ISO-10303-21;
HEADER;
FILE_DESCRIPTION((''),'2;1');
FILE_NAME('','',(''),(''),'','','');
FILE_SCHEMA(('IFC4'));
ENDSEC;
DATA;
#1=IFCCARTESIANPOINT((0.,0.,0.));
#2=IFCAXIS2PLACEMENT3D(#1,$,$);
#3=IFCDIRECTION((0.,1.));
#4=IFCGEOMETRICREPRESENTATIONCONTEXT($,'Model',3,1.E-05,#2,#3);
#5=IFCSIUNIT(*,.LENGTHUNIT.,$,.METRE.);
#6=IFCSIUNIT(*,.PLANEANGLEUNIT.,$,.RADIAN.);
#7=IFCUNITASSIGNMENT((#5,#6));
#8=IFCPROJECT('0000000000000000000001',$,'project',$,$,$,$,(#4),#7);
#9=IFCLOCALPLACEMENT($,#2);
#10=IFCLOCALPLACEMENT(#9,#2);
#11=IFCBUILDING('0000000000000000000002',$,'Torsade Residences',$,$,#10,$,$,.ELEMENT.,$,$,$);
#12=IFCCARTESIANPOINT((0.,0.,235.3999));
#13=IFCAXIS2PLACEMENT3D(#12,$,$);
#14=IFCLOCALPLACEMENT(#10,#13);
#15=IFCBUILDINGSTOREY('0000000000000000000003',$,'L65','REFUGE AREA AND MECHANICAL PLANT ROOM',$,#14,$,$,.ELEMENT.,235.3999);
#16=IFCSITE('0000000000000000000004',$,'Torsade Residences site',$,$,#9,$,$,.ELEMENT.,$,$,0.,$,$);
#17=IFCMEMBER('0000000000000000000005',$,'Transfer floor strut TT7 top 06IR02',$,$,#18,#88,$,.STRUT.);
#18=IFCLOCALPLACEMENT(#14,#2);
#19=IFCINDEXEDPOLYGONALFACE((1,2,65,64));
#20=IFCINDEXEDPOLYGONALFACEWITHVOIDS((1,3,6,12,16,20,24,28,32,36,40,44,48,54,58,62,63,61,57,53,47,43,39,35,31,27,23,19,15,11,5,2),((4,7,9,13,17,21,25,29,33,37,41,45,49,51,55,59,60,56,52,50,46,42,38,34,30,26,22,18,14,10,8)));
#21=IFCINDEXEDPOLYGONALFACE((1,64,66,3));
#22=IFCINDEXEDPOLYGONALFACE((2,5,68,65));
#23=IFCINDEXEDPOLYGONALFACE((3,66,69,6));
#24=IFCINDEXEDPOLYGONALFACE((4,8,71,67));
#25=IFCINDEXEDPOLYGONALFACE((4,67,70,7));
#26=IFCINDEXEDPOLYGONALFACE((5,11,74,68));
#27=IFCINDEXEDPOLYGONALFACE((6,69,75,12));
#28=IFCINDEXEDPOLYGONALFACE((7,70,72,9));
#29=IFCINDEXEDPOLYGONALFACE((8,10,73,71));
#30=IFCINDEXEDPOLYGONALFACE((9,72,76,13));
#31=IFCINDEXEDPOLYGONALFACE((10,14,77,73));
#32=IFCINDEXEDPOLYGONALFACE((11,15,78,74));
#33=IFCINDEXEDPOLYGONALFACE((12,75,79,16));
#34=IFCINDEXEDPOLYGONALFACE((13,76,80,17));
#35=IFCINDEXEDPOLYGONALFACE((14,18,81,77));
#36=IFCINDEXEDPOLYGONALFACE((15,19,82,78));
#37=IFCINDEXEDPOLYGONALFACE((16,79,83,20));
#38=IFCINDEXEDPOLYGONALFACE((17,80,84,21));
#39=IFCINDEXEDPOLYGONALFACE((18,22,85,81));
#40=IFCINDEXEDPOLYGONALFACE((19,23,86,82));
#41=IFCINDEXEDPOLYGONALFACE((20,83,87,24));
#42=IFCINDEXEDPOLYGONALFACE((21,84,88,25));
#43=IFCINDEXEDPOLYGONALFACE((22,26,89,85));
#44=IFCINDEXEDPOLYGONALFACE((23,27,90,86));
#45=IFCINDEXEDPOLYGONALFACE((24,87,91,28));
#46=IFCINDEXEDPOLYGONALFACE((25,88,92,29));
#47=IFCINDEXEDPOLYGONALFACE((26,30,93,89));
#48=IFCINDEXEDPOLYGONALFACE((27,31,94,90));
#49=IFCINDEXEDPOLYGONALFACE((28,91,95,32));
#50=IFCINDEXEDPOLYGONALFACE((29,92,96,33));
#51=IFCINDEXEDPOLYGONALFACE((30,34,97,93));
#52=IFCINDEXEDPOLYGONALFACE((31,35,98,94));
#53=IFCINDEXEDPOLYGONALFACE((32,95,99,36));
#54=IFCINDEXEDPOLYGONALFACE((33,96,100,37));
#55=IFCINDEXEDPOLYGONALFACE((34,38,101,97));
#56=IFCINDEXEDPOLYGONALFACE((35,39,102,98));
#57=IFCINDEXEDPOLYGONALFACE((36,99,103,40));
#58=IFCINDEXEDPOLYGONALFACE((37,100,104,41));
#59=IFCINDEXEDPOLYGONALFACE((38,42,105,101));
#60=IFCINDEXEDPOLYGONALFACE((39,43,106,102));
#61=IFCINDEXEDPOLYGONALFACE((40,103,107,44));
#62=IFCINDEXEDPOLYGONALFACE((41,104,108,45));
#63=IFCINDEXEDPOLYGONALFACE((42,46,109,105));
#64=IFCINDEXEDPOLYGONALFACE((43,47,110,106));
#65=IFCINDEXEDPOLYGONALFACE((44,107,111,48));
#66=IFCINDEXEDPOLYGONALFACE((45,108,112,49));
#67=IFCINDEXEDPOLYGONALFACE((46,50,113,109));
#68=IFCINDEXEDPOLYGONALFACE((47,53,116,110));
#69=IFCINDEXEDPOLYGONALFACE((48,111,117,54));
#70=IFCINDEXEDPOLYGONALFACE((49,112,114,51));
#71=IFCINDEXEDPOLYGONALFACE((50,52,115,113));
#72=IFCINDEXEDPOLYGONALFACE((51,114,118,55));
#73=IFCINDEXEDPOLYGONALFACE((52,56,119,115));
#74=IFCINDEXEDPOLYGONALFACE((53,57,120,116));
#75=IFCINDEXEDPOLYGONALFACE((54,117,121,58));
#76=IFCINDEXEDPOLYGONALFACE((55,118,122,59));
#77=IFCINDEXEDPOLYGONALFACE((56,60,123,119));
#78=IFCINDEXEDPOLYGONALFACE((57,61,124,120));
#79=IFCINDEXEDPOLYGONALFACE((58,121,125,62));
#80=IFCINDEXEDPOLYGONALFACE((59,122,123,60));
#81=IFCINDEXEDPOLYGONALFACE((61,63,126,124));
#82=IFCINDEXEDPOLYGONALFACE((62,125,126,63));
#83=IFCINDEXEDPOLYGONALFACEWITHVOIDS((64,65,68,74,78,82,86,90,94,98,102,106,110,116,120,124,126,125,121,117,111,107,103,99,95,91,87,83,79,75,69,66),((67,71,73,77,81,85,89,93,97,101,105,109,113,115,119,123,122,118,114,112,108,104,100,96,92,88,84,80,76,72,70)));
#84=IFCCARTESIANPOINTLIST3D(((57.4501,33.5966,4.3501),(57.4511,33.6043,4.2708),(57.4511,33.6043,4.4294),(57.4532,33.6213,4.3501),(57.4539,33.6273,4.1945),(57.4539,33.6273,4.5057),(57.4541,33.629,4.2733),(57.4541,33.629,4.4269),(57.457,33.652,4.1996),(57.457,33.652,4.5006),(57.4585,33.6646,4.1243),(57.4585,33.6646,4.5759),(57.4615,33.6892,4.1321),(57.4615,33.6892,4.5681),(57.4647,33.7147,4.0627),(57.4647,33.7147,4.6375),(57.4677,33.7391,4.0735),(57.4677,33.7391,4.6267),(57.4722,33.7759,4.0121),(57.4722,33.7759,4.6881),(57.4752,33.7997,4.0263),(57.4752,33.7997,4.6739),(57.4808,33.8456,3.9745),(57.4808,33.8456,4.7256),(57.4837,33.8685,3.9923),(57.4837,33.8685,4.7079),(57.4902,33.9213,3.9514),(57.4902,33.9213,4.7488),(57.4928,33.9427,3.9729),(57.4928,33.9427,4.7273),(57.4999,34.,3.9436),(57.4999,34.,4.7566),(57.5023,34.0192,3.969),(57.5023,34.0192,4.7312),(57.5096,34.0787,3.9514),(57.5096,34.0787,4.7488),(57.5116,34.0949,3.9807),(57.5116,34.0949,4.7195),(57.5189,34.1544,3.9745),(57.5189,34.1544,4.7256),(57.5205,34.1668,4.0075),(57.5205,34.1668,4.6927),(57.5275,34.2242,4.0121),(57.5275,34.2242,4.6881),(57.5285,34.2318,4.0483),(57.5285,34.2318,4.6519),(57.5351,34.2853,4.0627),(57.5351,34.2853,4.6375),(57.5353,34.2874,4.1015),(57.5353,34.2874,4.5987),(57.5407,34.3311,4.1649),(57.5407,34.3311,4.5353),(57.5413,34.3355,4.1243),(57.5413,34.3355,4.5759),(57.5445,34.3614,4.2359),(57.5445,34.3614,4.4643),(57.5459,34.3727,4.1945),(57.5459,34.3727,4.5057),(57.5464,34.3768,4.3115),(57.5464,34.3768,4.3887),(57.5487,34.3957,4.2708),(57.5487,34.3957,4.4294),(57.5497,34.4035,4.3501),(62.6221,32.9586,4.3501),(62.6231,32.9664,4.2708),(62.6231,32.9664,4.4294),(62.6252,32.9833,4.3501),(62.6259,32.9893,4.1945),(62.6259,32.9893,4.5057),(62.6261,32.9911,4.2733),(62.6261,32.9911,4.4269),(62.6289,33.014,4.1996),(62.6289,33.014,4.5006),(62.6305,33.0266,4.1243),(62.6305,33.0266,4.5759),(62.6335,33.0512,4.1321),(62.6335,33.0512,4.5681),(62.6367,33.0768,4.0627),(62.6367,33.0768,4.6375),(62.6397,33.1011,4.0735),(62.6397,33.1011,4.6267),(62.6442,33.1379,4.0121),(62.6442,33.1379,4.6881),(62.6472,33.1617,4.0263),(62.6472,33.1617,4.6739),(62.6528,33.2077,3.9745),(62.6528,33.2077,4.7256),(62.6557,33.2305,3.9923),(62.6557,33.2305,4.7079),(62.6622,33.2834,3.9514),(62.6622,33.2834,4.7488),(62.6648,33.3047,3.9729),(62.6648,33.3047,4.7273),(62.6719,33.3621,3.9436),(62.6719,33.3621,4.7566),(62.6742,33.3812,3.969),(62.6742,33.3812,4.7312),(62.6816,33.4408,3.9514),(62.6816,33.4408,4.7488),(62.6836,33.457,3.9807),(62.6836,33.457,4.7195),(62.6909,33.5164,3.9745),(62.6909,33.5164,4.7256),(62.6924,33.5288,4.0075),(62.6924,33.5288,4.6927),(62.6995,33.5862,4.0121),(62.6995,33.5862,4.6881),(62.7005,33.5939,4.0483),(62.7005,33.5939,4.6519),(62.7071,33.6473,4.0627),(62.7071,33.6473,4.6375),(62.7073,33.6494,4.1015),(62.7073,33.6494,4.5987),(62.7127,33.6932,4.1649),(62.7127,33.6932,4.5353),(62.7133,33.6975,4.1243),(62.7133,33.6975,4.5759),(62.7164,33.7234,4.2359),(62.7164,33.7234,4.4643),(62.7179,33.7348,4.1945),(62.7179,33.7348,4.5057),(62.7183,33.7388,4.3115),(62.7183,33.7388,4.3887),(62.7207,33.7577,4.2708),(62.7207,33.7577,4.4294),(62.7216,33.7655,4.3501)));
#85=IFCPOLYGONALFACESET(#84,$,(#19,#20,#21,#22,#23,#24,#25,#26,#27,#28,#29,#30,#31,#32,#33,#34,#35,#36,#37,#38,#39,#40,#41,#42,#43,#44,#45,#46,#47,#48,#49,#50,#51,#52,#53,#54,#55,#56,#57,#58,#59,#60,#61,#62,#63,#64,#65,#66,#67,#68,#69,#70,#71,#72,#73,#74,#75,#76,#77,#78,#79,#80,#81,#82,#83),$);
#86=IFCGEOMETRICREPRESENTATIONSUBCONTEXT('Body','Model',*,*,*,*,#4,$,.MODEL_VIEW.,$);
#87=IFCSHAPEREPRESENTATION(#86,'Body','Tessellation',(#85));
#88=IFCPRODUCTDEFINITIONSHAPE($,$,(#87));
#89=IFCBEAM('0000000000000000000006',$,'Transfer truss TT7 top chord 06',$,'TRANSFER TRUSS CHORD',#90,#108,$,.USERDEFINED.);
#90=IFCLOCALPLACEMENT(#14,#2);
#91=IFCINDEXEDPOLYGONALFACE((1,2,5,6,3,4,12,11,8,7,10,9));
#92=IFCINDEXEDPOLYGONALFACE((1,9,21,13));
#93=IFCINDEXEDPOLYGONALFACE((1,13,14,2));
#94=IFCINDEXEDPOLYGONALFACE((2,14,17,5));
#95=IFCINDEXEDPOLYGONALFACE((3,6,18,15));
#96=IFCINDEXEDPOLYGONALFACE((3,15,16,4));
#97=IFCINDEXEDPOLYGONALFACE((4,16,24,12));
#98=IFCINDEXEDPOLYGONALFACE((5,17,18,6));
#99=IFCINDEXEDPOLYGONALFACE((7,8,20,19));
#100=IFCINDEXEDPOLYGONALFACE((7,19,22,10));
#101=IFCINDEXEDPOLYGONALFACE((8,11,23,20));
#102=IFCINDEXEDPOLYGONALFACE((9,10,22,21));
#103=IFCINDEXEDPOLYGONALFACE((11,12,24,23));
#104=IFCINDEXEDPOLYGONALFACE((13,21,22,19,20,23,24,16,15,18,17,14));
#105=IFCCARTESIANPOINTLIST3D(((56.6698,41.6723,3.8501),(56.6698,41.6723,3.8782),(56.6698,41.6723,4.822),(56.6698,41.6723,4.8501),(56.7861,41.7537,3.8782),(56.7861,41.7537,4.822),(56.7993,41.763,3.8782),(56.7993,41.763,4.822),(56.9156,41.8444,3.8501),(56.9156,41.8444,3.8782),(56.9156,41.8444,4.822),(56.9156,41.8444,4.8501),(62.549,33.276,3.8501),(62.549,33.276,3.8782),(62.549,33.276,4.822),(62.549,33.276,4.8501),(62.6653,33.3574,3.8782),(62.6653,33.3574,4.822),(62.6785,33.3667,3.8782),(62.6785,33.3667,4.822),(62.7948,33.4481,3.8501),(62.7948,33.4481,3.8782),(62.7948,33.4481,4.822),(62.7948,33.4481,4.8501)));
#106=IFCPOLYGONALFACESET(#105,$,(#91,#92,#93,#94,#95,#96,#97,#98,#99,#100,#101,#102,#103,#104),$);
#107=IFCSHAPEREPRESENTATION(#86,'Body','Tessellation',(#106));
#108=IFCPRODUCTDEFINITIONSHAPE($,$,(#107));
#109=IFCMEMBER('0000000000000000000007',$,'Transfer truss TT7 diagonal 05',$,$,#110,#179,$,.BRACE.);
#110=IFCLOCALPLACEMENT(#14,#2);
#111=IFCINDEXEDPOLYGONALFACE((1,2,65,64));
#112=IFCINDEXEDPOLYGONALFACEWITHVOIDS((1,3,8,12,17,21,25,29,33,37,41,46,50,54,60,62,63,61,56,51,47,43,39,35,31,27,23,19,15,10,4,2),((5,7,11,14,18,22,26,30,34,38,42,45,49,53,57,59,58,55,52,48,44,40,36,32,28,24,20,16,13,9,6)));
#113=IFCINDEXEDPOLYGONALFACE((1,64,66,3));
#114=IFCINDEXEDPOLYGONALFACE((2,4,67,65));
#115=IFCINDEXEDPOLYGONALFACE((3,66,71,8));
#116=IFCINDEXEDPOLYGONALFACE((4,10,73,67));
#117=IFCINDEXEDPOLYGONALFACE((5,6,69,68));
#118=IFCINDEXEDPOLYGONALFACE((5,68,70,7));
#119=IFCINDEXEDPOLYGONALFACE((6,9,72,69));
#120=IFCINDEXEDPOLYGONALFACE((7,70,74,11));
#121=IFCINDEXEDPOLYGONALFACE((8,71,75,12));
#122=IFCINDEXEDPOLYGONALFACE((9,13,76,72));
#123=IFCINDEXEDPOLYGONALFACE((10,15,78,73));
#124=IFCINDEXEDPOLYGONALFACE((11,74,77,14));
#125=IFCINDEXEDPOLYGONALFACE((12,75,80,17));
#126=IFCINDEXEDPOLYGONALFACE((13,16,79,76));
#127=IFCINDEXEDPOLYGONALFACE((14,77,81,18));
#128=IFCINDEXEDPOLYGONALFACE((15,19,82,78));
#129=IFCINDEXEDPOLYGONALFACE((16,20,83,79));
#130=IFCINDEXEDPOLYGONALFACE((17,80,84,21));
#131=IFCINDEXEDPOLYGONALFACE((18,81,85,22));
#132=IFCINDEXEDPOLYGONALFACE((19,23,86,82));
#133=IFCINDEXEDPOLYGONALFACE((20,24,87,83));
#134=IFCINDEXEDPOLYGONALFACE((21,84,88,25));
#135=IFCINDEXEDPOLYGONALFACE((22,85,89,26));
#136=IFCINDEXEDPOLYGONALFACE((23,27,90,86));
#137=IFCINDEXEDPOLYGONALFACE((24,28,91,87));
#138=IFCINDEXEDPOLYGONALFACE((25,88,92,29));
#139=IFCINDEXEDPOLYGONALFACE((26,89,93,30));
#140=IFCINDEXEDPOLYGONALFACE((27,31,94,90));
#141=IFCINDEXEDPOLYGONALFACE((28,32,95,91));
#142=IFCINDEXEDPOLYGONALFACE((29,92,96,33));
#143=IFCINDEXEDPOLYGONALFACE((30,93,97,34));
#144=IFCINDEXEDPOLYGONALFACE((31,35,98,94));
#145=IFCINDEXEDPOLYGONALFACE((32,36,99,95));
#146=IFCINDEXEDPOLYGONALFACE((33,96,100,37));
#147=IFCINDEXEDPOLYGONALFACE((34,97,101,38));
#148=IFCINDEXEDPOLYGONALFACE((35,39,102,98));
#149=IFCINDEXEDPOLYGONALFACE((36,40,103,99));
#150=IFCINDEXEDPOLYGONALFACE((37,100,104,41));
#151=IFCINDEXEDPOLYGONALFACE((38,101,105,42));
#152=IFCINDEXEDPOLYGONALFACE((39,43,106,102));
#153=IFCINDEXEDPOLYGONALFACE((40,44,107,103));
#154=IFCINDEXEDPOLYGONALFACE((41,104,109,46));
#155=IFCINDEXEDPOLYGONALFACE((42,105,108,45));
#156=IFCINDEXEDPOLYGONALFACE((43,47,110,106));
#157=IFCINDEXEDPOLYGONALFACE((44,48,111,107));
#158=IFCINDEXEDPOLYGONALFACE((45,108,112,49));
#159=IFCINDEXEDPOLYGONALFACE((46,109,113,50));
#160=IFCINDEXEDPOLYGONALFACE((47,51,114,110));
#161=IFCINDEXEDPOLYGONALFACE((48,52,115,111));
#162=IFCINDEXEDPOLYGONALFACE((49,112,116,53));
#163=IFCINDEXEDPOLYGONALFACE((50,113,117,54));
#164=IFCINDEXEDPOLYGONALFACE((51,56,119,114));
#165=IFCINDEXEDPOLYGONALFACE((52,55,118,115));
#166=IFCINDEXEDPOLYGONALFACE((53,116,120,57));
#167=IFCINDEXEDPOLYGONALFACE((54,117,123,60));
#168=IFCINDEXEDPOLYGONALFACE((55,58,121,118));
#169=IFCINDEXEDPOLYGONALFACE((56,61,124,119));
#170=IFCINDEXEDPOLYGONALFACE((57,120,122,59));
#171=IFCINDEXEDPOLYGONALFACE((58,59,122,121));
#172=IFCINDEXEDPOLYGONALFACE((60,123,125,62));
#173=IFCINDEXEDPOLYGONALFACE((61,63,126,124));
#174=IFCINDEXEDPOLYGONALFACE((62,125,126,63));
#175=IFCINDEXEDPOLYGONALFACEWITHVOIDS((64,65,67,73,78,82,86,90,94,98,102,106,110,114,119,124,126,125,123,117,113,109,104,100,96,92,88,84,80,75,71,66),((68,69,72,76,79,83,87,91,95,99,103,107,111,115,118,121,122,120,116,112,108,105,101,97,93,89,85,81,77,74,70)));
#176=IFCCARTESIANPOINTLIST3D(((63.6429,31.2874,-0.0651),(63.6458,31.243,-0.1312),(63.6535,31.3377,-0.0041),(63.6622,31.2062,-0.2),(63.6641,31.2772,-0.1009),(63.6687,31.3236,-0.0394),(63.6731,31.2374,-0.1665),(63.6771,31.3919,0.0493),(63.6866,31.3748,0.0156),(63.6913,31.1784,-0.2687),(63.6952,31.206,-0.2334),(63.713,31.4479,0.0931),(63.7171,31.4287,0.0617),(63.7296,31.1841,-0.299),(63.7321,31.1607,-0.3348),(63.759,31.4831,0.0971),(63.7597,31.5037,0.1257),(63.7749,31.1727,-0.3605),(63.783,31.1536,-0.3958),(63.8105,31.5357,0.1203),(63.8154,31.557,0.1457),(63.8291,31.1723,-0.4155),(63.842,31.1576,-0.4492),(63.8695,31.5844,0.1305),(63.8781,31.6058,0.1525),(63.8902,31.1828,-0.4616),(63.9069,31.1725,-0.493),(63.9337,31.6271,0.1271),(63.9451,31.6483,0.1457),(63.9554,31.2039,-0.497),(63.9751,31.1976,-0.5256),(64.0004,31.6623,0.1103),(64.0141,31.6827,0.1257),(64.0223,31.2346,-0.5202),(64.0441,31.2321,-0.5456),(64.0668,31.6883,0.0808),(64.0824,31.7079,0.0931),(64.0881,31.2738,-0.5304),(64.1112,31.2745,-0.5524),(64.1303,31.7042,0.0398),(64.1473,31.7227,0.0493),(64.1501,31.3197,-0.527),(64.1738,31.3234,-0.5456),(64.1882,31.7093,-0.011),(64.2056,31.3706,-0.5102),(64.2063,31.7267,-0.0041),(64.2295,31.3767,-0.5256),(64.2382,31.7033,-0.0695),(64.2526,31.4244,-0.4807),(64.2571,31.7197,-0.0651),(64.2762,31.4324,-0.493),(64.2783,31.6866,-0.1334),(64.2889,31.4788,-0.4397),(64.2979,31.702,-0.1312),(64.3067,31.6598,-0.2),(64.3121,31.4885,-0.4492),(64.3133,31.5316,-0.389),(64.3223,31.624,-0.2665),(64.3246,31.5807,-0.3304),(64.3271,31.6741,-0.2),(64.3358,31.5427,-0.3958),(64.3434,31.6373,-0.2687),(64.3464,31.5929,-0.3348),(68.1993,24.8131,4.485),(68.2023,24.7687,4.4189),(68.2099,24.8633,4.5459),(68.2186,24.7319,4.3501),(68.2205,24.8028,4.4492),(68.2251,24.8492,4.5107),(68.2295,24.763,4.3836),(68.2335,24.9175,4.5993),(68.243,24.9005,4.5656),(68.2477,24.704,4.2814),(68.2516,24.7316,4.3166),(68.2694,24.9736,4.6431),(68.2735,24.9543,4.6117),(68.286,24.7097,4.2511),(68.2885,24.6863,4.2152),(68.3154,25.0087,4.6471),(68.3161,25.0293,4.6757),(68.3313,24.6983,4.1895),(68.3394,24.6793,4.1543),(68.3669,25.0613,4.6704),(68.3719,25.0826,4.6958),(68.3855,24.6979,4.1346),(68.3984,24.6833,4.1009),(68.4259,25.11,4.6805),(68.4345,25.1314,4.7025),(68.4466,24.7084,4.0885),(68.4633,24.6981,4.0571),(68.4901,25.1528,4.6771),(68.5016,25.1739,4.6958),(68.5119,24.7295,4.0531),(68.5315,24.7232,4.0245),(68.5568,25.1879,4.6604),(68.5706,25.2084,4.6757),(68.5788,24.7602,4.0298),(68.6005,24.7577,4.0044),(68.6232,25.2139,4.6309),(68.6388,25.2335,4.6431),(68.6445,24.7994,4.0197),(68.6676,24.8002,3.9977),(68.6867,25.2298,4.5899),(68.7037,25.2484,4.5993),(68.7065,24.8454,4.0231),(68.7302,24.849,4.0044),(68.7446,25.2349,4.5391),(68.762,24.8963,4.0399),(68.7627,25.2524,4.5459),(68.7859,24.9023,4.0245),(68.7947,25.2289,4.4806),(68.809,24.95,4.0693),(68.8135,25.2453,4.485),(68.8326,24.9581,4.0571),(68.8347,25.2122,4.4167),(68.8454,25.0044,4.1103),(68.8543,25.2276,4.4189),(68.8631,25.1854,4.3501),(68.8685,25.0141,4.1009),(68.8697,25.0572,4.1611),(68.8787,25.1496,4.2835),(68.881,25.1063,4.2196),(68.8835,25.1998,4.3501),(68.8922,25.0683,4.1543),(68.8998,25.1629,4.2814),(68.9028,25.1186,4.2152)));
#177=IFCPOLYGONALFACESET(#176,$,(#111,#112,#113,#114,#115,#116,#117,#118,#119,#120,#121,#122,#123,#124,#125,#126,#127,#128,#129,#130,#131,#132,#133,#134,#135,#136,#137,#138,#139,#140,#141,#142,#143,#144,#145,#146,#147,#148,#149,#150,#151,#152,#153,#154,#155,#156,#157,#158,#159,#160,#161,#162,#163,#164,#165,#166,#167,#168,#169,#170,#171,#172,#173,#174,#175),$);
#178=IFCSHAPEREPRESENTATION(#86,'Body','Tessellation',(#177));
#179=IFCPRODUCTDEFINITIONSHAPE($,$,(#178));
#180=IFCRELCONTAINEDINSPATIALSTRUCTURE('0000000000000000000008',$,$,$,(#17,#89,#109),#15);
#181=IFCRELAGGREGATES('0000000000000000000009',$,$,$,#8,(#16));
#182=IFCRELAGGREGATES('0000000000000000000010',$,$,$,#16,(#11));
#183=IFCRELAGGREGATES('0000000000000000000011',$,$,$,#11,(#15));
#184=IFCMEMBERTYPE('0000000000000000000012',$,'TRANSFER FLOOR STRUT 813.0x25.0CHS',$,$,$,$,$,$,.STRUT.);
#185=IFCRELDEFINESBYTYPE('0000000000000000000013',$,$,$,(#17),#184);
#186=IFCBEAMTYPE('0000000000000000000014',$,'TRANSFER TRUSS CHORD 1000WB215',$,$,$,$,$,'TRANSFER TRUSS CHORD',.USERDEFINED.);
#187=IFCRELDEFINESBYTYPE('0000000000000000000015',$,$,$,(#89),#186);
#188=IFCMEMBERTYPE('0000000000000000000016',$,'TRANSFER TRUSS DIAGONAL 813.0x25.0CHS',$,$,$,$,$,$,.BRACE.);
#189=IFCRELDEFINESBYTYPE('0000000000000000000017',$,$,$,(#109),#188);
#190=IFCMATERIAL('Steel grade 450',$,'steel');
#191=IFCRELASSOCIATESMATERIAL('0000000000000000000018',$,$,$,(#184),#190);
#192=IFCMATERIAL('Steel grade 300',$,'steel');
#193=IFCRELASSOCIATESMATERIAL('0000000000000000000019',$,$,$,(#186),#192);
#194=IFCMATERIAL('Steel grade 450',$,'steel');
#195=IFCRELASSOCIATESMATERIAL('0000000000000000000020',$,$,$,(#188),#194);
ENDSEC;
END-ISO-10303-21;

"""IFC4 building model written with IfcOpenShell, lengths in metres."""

from ifc_helpers import new_model, si_unit, direction, frame, origin, origin_2d, place, context, subcontext, project, spatial, hollow_circle, i_section, extrude, material, material_profile, profile_set, type_object, element, save


model = new_model("IFC4")

# Units and contexts
model_context = context("Model", 3, precision=1e-05, world=origin(), true_north=direction((0.0, 1.0)))
body_context = subcontext(model_context, "Body", "Model", "MODEL_VIEW")
ifc_project = project(units=[si_unit("LENGTHUNIT", "METRE"), si_unit("PLANEANGLEUNIT", "RADIAN")], contexts=[model_context])

# Site, building, storey
site_placement = place(None, origin())
site = spatial("IfcSite", under=ifc_project, at=site_placement, Name="Torsade Residences site", CompositionType="ELEMENT", RefElevation=0.0)
building_placement = place(site_placement, origin())
building = spatial("IfcBuilding", under=site, at=building_placement, Name="Torsade Residences", CompositionType="ELEMENT")
storey_placement = place(building_placement, frame((0.0, 0.0, 235.3999)))
storey = spatial("IfcBuildingStorey", under=building, at=storey_placement, Name="L65", Description="REFUGE AREA AND MECHANICAL PLANT ROOM", CompositionType="ELEMENT", Elevation=235.3999)

# Member
ifc_material_1 = material(Name="Steel grade 450", Category="steel")
ifc_material_profile_1 = material_profile(ifc_material_1, hollow_circle(Radius=0.4065, WallThickness=0.0249, at=origin_2d()), Name="813.0x25.0CHS")
ifc_profile_set_1 = profile_set([ifc_material_profile_1], Name="Steel grade 450")
member_type_1 = type_object("IfcMemberType", Name="TRANSFER FLOOR STRUT 813.0x25.0CHS", PredefinedType="STRUT", material=ifc_profile_set_1)
member_1_placement = place(storey_placement, frame((62.6719, 33.3621, 4.3501), z_axis=(-0.992478, 0.12242, 0.0), x_axis=(-0.12242, -0.992478, 0.0)))
element("IfcMember", 1, at=member_1_placement, inside=storey, type_object=member_type_1, Name="Transfer floor strut TT7 top 06IR02", PredefinedType="STRUT", context=body_context, shape_type="SweptSolid", body=[
    extrude(hollow_circle(Radius=0.4065, WallThickness=0.0249, at=origin_2d()), origin(), (0.0, 0.0, 1.0), 5.2112),
])

# Beam
ifc_material_2 = material(Name="Steel grade 300", Category="steel")
ifc_material_profile_2 = material_profile(ifc_material_2, i_section(OverallWidth=0.3, OverallDepth=1.0, WebThickness=0.0161, FlangeThickness=0.0281, at=origin_2d()), Name="1000WB215")
ifc_profile_set_2 = profile_set([ifc_material_profile_2], Name="Steel grade 300")
beam_type_1 = type_object("IfcBeamType", Name="TRANSFER TRUSS CHORD 1000WB215", ElementType="TRANSFER TRUSS CHORD", PredefinedType="USERDEFINED", material=ifc_profile_set_2)
beam_1_placement = place(storey_placement, frame((62.6719, 33.3621, 4.3501), z_axis=(-0.573579, 0.81915, 0.0), x_axis=(-0.81915, -0.573579, 0.0)))
element("IfcBeam", 2, at=beam_1_placement, inside=storey, type_object=beam_type_1, Name="Transfer truss TT7 top chord 06", ObjectType="TRANSFER TRUSS CHORD", PredefinedType="USERDEFINED", context=body_context, shape_type="SweptSolid", body=[
    extrude(i_section(OverallWidth=0.3, OverallDepth=1.0, WebThickness=0.0161, FlangeThickness=0.0281, at=origin_2d()), origin(), (0.0, 0.0, 1.0), 10.25),
])

# Member
ifc_material_3 = material(Name="Steel grade 450", Category="steel")
ifc_material_profile_3 = material_profile(ifc_material_3, hollow_circle(Radius=0.4065, WallThickness=0.0249, at=origin_2d()), Name="813.0x25.0CHS")
ifc_profile_set_3 = profile_set([ifc_material_profile_3], Name="Steel grade 450")
member_type_2 = type_object("IfcMemberType", Name="TRANSFER TRUSS DIAGONAL 813.0x25.0CHS", PredefinedType="BRACE", material=ifc_profile_set_3)
member_2_placement = place(storey_placement, frame((63.9946, 31.4402, -0.2), z_axis=(0.498985, -0.709028, 0.49829), x_axis=(0.817785, 0.575524, 0.0)))
element("IfcMember", 3, at=member_2_placement, inside=storey, type_object=member_type_2, Name="Transfer truss TT7 diagonal 05", PredefinedType="BRACE", context=body_context, shape_type="SweptSolid", body=[
    extrude(hollow_circle(Radius=0.4065, WallThickness=0.0249, at=origin_2d()), origin(), (0.0, 0.0, 1.0), 9.1313),
])

save(model, "model.ifc")
